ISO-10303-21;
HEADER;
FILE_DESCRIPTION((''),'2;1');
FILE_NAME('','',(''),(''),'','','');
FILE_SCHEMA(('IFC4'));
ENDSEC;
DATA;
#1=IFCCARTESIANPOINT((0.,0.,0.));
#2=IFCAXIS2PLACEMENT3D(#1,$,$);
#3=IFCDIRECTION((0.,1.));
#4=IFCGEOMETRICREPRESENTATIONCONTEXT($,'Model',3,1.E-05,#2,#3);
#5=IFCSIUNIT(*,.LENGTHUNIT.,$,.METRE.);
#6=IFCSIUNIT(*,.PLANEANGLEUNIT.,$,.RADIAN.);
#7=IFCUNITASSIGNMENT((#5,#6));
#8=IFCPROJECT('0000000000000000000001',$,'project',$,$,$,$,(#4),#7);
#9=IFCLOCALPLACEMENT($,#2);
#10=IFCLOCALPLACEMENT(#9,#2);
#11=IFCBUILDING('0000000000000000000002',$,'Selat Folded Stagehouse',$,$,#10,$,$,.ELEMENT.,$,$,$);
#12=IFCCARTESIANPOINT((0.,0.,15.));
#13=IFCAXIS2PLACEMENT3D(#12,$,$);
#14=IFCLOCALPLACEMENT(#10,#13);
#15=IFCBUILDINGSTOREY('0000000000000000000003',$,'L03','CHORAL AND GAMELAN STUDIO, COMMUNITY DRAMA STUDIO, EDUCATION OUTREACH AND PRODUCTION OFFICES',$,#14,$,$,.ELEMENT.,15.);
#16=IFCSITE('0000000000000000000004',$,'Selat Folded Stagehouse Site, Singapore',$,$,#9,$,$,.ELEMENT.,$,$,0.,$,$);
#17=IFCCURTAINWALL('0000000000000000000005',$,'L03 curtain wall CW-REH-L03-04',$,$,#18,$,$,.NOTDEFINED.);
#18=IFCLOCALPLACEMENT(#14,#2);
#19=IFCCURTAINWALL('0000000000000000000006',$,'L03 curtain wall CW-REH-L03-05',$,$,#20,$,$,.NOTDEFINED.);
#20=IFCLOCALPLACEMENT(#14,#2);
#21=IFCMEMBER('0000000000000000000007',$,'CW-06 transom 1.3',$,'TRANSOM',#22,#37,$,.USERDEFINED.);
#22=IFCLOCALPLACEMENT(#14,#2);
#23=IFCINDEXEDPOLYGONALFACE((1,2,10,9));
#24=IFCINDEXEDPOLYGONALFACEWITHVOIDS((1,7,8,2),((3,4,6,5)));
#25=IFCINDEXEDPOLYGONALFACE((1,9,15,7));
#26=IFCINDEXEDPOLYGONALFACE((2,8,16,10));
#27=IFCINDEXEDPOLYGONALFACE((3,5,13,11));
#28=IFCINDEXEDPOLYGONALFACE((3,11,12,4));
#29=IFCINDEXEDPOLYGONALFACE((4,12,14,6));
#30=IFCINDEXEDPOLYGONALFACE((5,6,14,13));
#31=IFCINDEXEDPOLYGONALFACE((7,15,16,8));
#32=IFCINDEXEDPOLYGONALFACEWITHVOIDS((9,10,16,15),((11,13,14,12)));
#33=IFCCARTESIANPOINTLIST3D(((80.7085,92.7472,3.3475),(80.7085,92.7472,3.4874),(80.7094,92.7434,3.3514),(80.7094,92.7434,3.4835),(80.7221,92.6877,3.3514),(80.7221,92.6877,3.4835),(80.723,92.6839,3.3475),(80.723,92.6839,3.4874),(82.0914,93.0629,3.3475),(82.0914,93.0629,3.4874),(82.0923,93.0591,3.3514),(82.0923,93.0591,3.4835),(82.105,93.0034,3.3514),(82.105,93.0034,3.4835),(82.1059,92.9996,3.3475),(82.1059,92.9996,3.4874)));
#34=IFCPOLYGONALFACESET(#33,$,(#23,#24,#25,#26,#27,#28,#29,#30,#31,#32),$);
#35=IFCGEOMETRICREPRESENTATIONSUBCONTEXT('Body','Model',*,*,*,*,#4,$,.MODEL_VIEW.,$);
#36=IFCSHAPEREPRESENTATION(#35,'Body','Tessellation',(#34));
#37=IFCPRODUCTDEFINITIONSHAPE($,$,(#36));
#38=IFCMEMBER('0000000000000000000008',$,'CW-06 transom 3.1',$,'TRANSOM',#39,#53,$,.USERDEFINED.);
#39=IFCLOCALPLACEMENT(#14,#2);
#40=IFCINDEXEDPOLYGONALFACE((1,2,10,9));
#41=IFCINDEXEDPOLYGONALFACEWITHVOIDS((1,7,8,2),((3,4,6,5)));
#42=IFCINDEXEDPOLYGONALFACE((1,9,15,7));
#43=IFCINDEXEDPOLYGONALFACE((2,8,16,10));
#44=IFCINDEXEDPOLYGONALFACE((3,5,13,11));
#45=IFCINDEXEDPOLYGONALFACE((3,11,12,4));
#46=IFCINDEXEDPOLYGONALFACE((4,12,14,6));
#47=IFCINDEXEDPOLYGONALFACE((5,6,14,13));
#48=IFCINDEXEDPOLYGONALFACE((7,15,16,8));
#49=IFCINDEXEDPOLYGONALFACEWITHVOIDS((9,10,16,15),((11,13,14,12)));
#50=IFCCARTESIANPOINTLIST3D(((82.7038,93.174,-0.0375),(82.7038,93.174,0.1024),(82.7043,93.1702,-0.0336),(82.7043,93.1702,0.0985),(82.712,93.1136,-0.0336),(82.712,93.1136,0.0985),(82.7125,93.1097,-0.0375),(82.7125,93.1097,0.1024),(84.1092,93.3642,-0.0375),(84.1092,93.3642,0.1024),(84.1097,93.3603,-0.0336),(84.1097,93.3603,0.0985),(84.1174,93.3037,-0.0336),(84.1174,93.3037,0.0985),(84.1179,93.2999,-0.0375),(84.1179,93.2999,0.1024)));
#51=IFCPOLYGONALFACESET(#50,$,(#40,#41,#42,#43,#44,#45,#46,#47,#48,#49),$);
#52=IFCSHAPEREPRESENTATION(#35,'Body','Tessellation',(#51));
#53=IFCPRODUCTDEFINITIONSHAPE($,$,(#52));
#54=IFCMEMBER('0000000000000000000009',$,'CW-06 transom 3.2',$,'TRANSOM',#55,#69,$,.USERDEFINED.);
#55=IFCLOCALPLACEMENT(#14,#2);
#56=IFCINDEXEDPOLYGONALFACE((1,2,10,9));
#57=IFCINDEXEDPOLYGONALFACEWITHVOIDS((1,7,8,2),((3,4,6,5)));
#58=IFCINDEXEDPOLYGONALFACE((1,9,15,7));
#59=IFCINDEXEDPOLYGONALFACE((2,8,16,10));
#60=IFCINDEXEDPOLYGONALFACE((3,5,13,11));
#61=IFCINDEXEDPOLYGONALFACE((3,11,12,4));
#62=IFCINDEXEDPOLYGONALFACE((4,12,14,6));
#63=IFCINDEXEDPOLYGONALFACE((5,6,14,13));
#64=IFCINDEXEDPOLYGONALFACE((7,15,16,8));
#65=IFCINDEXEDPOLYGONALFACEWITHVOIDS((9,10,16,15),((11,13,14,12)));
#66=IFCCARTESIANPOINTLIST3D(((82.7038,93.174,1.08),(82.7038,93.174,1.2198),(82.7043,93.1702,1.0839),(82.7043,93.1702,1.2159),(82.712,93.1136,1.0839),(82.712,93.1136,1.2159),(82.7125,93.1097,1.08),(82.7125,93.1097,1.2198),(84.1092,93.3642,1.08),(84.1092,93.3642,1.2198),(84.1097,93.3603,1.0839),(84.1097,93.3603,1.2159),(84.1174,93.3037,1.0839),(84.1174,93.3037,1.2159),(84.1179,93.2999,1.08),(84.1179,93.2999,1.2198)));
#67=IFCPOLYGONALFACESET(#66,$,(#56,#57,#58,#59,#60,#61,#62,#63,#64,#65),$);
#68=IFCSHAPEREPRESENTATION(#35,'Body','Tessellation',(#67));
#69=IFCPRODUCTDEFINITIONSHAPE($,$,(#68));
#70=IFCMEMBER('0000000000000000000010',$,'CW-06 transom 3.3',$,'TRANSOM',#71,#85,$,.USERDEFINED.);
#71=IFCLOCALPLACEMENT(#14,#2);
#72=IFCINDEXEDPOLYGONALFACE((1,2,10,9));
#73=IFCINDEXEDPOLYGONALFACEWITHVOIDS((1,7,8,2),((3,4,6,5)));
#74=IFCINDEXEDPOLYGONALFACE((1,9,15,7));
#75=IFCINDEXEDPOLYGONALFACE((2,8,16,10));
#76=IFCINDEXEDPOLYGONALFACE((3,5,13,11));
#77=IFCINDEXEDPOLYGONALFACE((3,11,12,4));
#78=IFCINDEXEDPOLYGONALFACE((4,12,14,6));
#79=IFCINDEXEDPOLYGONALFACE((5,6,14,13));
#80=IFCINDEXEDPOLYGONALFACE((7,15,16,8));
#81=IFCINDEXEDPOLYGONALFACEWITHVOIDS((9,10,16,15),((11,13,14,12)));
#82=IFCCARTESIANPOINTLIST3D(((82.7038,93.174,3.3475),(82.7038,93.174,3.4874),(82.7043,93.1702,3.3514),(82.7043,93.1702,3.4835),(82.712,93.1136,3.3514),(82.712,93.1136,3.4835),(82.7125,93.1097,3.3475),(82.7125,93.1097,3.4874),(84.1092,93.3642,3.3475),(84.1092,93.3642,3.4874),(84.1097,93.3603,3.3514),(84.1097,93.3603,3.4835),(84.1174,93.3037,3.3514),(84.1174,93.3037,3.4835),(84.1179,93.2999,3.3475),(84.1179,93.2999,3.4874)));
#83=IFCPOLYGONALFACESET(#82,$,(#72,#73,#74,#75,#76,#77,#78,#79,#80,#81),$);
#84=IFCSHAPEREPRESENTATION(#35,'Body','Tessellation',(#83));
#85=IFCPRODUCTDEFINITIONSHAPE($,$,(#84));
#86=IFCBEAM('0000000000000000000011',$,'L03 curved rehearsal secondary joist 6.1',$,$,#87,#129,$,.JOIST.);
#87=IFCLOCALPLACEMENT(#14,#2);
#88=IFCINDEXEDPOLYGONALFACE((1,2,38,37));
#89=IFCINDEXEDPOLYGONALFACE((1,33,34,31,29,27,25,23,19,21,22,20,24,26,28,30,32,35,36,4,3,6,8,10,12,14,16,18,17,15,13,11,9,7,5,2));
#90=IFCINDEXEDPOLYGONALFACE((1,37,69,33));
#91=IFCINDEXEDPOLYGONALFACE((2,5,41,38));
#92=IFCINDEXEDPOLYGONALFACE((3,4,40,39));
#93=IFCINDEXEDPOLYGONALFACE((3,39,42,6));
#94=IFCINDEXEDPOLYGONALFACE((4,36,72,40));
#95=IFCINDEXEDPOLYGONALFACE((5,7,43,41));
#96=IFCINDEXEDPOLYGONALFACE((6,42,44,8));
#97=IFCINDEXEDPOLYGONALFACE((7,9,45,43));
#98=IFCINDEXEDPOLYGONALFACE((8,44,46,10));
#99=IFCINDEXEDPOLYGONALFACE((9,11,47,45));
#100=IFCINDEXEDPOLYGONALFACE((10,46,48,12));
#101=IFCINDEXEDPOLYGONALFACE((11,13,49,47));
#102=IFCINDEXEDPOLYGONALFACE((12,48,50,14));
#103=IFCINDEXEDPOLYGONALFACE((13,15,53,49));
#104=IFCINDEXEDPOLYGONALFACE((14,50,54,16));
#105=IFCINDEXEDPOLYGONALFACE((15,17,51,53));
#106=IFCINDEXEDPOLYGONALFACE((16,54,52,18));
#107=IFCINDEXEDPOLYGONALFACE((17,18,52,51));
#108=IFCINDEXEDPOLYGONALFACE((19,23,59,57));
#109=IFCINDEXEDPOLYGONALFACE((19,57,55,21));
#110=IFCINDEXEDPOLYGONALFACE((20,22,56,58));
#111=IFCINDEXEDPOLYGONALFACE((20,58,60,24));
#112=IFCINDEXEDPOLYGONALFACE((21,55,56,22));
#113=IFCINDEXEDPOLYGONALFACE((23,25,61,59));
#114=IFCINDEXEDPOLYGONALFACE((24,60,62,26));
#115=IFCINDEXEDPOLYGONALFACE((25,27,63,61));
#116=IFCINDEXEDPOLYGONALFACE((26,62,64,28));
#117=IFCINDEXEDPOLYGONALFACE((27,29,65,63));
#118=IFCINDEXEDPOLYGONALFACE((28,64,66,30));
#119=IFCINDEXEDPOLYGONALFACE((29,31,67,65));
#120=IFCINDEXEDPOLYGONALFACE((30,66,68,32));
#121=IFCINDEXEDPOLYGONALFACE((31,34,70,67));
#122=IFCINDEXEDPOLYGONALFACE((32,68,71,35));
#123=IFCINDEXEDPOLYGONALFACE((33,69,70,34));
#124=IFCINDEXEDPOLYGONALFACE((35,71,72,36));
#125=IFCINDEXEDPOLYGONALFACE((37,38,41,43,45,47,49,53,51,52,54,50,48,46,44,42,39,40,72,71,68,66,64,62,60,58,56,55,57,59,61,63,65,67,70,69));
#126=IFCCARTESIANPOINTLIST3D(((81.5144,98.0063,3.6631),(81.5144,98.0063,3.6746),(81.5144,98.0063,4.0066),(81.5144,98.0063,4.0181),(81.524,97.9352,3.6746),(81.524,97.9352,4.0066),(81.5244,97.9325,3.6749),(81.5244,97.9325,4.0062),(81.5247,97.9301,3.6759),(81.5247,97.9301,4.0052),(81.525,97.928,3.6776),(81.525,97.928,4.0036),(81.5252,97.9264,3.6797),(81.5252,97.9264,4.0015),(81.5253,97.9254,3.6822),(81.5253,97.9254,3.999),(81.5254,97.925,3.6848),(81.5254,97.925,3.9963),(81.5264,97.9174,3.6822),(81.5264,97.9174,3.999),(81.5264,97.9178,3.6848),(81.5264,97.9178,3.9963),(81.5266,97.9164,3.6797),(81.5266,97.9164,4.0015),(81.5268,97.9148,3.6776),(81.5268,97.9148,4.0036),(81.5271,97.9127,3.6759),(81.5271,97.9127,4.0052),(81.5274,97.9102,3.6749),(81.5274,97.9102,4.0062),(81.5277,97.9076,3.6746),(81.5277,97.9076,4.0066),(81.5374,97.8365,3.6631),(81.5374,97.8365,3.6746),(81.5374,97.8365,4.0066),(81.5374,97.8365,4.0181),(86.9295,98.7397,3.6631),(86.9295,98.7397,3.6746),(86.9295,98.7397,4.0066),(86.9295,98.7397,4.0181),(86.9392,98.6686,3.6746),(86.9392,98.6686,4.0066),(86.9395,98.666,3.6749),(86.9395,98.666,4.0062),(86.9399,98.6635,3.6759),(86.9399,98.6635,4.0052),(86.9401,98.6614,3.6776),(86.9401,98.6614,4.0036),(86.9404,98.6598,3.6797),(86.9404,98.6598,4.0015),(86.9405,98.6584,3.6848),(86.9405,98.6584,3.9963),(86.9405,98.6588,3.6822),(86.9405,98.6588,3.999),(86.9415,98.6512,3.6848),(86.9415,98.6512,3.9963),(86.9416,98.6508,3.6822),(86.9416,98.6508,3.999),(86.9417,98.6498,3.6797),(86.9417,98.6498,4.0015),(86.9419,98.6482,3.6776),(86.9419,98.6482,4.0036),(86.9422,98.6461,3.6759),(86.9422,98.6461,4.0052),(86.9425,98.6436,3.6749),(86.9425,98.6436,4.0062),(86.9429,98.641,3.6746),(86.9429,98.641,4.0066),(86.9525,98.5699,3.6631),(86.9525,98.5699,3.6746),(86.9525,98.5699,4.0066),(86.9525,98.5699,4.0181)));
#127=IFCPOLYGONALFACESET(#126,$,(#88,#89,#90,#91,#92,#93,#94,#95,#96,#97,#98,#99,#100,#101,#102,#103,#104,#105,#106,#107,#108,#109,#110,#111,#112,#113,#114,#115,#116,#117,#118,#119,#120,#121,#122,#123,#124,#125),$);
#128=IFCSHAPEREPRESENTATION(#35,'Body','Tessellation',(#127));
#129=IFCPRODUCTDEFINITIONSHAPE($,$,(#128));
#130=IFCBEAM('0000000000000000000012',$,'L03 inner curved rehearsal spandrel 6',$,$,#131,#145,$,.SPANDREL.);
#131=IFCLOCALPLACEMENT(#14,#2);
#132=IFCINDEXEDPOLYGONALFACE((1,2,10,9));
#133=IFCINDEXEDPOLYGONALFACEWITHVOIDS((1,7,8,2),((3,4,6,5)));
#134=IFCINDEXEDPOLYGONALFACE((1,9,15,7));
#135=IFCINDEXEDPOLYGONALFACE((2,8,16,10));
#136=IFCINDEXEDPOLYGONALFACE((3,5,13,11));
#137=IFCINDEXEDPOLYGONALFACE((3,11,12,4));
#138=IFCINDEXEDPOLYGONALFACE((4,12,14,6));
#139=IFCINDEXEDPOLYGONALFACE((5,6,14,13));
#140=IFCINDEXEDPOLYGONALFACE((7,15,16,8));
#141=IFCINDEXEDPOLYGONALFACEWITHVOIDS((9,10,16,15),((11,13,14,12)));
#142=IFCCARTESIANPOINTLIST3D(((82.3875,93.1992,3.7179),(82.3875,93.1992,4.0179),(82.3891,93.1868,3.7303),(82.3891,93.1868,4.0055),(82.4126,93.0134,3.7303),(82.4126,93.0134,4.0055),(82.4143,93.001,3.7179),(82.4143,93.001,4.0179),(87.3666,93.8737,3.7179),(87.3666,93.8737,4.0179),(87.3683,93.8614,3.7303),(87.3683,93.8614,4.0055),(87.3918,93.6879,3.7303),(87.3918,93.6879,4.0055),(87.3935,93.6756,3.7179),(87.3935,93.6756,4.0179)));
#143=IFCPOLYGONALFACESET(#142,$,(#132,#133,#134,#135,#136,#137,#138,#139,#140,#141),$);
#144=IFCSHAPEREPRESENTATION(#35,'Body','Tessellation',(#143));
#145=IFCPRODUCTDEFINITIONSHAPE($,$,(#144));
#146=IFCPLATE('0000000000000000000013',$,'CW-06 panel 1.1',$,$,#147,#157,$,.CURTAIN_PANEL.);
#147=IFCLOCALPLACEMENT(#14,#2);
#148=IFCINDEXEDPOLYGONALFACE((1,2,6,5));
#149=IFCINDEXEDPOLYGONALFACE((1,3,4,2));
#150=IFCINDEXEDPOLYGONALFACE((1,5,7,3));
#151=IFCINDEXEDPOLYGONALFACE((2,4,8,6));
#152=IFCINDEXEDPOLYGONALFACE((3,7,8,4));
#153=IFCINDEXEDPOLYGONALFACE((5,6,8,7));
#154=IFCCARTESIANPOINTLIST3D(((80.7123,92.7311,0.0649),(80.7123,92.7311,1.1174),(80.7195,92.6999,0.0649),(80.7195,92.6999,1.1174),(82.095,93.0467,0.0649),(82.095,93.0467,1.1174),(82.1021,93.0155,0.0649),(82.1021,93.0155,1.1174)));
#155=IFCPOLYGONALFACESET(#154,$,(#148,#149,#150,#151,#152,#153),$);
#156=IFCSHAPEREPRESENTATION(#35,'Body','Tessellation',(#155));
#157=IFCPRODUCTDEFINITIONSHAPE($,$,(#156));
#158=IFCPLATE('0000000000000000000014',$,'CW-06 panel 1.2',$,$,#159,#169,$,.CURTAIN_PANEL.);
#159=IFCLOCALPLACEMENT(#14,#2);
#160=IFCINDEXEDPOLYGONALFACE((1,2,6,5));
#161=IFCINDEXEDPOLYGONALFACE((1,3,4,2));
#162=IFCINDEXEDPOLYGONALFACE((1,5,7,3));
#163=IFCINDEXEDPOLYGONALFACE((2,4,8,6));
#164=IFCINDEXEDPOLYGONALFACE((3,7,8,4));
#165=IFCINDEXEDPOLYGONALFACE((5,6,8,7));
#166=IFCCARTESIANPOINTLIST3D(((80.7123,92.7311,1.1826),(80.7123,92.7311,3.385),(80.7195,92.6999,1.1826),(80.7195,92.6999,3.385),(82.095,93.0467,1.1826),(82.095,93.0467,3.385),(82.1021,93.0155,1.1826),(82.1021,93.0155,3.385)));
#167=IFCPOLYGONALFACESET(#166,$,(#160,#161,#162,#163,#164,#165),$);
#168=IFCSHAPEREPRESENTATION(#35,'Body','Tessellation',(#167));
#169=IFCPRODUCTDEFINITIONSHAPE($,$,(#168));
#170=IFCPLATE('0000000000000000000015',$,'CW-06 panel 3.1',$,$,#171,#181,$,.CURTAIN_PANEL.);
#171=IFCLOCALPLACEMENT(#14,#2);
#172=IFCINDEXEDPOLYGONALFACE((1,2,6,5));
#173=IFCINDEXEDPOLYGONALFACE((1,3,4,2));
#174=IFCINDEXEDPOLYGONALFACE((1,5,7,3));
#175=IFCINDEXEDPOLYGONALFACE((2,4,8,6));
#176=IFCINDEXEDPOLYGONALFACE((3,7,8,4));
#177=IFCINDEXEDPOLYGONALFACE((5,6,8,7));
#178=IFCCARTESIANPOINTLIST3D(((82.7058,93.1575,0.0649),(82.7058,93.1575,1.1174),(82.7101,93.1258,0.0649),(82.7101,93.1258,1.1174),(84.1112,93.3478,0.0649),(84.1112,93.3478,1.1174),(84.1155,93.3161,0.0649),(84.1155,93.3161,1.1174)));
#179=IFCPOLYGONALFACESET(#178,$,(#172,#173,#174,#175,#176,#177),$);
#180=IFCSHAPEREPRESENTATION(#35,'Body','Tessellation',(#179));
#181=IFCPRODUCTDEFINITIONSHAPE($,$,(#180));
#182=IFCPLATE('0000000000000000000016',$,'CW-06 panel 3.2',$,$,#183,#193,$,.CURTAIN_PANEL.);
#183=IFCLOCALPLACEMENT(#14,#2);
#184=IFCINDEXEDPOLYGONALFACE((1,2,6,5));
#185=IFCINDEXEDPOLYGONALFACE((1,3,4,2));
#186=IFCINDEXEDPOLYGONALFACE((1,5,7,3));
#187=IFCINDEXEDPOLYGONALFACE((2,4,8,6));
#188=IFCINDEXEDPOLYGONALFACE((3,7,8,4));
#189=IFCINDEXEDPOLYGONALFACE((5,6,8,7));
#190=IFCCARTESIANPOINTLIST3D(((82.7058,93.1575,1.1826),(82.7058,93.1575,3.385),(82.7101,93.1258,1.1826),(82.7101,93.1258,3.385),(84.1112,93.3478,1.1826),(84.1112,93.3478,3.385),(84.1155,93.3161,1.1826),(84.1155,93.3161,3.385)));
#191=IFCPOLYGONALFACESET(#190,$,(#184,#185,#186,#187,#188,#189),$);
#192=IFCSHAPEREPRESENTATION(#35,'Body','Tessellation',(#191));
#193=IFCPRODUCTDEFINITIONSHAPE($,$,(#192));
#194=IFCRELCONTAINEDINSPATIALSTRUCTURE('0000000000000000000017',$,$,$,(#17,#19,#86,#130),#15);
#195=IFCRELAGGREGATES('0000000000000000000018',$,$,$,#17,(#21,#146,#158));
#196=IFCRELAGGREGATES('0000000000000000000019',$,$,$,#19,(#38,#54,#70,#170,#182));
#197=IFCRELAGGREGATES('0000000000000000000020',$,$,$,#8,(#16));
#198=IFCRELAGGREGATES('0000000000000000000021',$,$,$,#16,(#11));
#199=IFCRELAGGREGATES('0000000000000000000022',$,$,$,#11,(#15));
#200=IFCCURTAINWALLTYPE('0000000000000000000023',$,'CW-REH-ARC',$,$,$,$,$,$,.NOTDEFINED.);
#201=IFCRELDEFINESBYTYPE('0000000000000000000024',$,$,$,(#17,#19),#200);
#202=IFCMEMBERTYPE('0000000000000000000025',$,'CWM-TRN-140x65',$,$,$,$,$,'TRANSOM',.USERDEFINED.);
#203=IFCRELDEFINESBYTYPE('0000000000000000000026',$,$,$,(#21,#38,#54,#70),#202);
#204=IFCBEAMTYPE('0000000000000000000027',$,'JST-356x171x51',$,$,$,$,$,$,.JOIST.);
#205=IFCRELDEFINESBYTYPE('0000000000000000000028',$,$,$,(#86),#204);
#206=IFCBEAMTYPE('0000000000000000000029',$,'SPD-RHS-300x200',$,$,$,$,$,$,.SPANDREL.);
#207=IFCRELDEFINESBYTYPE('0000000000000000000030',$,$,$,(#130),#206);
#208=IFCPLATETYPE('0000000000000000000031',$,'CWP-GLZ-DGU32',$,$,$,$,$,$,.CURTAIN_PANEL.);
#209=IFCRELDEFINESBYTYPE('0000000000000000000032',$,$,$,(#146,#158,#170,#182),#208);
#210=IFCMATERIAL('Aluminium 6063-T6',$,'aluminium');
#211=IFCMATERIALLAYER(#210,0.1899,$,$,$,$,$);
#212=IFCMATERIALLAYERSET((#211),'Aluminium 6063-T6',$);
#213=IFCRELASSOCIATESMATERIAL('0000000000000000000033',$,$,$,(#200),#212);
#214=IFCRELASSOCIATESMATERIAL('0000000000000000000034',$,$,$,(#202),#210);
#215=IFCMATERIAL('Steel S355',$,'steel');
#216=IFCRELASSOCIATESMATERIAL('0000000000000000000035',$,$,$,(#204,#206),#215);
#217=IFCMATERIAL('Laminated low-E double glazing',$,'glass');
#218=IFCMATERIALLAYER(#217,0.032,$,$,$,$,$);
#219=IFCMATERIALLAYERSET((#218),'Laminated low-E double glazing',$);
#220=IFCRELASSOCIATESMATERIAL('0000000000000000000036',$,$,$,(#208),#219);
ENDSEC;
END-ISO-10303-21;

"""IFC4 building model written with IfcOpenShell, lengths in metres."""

from ifc_helpers import new_model, si_unit, direction, frame, origin, origin_2d, place, context, subcontext, project, spatial, rectangle, hollow_rectangle, i_section, extrude, material, layer, layer_set, material_profile, profile_set, type_object, element, aggregate, save


model = new_model("IFC4")

# Units and contexts
model_context = context("Model", 3, precision=1e-05, world=origin(), true_north=direction((0.0, 1.0)))
body_context = subcontext(model_context, "Body", "Model", "MODEL_VIEW")
ifc_project = project(units=[si_unit("LENGTHUNIT", "METRE"), si_unit("PLANEANGLEUNIT", "RADIAN")], contexts=[model_context])

# Site, building, storey
site_placement = place(None, origin())
site = spatial("IfcSite", under=ifc_project, at=site_placement, Name="Selat Folded Stagehouse Site, Singapore", CompositionType="ELEMENT", RefElevation=0.0)
building_placement = place(site_placement, origin())
building = spatial("IfcBuilding", under=site, at=building_placement, Name="Selat Folded Stagehouse", CompositionType="ELEMENT")
storey_placement = place(building_placement, frame((0.0, 0.0, 15.0)))
storey = spatial("IfcBuildingStorey", under=building, at=storey_placement, Name="L03", Description="CHORAL AND GAMELAN STUDIO, COMMUNITY DRAMA STUDIO, EDUCATION OUTREACH AND PRODUCTION OFFICES", CompositionType="ELEMENT", Elevation=15.0)

# Shared definitions
ifc_material_1 = material(Name="Steel S355", Category="steel")

# Curtain wall
ifc_material_2 = material(Name="Aluminium 6063-T6", Category="aluminium")
ifc_layer_1 = layer(ifc_material_2, 0.1899)
ifc_layer_set_1 = layer_set([ifc_layer_1], Name="Aluminium 6063-T6")
curtain_wall_type = type_object("IfcCurtainWallType", Name="CW-REH-ARC", PredefinedType="NOTDEFINED", material=ifc_layer_set_1)
curtain_wall_1_placement = place(storey_placement, origin())
curtain_wall_1 = element("IfcCurtainWall", 1, at=curtain_wall_1_placement, inside=storey, type_object=curtain_wall_type, Name="L03 curtain wall CW-REH-L03-04", PredefinedType="NOTDEFINED")

# Curtain wall
curtain_wall_2_placement = place(storey_placement, origin())
curtain_wall_2 = element("IfcCurtainWall", 2, at=curtain_wall_2_placement, inside=storey, type_object=curtain_wall_type, Name="L03 curtain wall CW-REH-L03-05", PredefinedType="NOTDEFINED")

# Members
ifc_material_profile_1 = material_profile(ifc_material_2, hollow_rectangle(XDim=0.0649, YDim=0.1399, WallThickness=0.0039, at=origin_2d()), Name="ALU 140x65x4.0")
ifc_profile_set_1 = profile_set([ifc_material_profile_1], Name="Aluminium 6063-T6")
member_type_1 = type_object("IfcMemberType", Name="CWM-TRN-140x65", ElementType="TRANSOM", PredefinedType="USERDEFINED", material=ifc_profile_set_1)
member_1_placement = place(storey_placement, frame((82.0986, 93.0312, 3.4175), z_axis=(-0.974919, -0.222558, 0.0), x_axis=(0.222558, -0.974919, 0.0)))
member_1 = element("IfcMember", 3, at=member_1_placement, type_object=member_type_1, Name="CW-06 transom 1.3", ObjectType="TRANSOM", PredefinedType="USERDEFINED", context=body_context, shape_type="SweptSolid", body=[
    extrude(hollow_rectangle(XDim=0.0649, YDim=0.1399, WallThickness=0.0039, at=origin_2d()), origin(), (0.0, 0.0, 1.0), 1.4185),
])
member_2_placement = place(storey_placement, frame((84.1135, 93.332, 0.0325), z_axis=(-0.990969, -0.134092, 0.0), x_axis=(0.134092, -0.990969, 0.0)))
member_2 = element("IfcMember", 4, at=member_2_placement, type_object=member_type_1, Name="CW-06 transom 3.1", ObjectType="TRANSOM", PredefinedType="USERDEFINED", context=body_context, shape_type="SweptSolid", body=[
    extrude(hollow_rectangle(XDim=0.0649, YDim=0.1399, WallThickness=0.0039, at=origin_2d()), origin(), (0.0, 0.0, 1.0), 1.4182),
])
member_3_placement = place(storey_placement, frame((84.1135, 93.332, 1.1499), z_axis=(-0.990969, -0.134092, 0.0), x_axis=(0.134092, -0.990969, 0.0)))
member_3 = element("IfcMember", 5, at=member_3_placement, type_object=member_type_1, Name="CW-06 transom 3.2", ObjectType="TRANSOM", PredefinedType="USERDEFINED", context=body_context, shape_type="SweptSolid", body=[
    extrude(hollow_rectangle(XDim=0.0649, YDim=0.1399, WallThickness=0.0039, at=origin_2d()), origin(), (0.0, 0.0, 1.0), 1.4182),
])
member_4_placement = place(storey_placement, frame((84.1135, 93.332, 3.4175), z_axis=(-0.990969, -0.134092, 0.0), x_axis=(0.134092, -0.990969, 0.0)))
member_4 = element("IfcMember", 6, at=member_4_placement, type_object=member_type_1, Name="CW-06 transom 3.3", ObjectType="TRANSOM", PredefinedType="USERDEFINED", context=body_context, shape_type="SweptSolid", body=[
    extrude(hollow_rectangle(XDim=0.0649, YDim=0.1399, WallThickness=0.0039, at=origin_2d()), origin(), (0.0, 0.0, 1.0), 1.4182),
])

# Beams
ifc_material_profile_2 = material_profile(ifc_material_1, i_section(OverallWidth=0.1714, OverallDepth=0.355, WebThickness=0.0073, FlangeThickness=0.0115, FilletRadius=0.0103, at=origin_2d()), Name="UKB 356x171x51")
ifc_profile_set_2 = profile_set([ifc_material_profile_2], Name="Steel S355")
beam_type_1 = type_object("IfcBeamType", Name="JST-356x171x51", PredefinedType="JOIST", material=ifc_profile_set_2)
beam_1_placement = place(storey_placement, frame((81.5259, 97.9214, 3.8406), z_axis=(0.990953, 0.134212, 0.0), x_axis=(-0.134212, 0.990953, 0.0)))
element("IfcBeam", 7, at=beam_1_placement, inside=storey, type_object=beam_type_1, Name="L03 curved rehearsal secondary joist 6.1", PredefinedType="JOIST", context=body_context, shape_type="SweptSolid", body=[
    extrude(i_section(OverallWidth=0.1714, OverallDepth=0.355, WebThickness=0.0073, FlangeThickness=0.0115, FilletRadius=0.0103, at=origin_2d()), origin(), (0.0, 0.0, 1.0), 5.4646),
])
ifc_material_profile_3 = material_profile(ifc_material_1, hollow_rectangle(XDim=0.2, YDim=0.3, WallThickness=0.0125, at=origin_2d()), Name="RHS 300x200x12.5")
ifc_profile_set_3 = profile_set([ifc_material_profile_3], Name="Steel S355")
beam_type_2 = type_object("IfcBeamType", Name="SPD-RHS-300x200", PredefinedType="SPANDREL", material=ifc_profile_set_3)
beam_2_placement = place(storey_placement, frame((82.4009, 93.1001, 3.8679), z_axis=(0.990948, 0.134248, 0.0), x_axis=(-0.134248, 0.990948, 0.0)))
element("IfcBeam", 8, at=beam_2_placement, inside=storey, type_object=beam_type_2, Name="L03 inner curved rehearsal spandrel 6", PredefinedType="SPANDREL", context=body_context, shape_type="SweptSolid", body=[
    extrude(hollow_rectangle(XDim=0.2, YDim=0.3, WallThickness=0.0125, at=origin_2d()), origin(), (0.0, 0.0, 1.0), 5.0247),
])

# Plates
ifc_material_3 = material(Name="Laminated low-E double glazing", Category="glass")
ifc_layer_2 = layer(ifc_material_3, 0.032)
ifc_layer_set_2 = layer_set([ifc_layer_2], Name="Laminated low-E double glazing")
plate_type_1 = type_object("IfcPlateType", Name="CWP-GLZ-DGU32", PredefinedType="CURTAIN_PANEL", material=ifc_layer_set_2)
plate_1_placement = place(storey_placement, frame((81.4072, 92.8733, 0.0649), z_axis=(0.0, 0.0, 1.0), x_axis=(-0.974923, -0.222543, 0.0)))
plate_1 = element("IfcPlate", 9, at=plate_1_placement, type_object=plate_type_1, Name="CW-06 panel 1.1", PredefinedType="CURTAIN_PANEL", context=body_context, shape_type="SweptSolid", body=[
    extrude(rectangle(XDim=1.4182, YDim=0.032, at=origin_2d()), origin(), (0.0, 0.0, 1.0), 1.0525),
])
plate_2_placement = place(storey_placement, frame((81.4072, 92.8733, 1.1826), z_axis=(0.0, 0.0, 1.0), x_axis=(-0.974923, -0.222543, 0.0)))
plate_2 = element("IfcPlate", 10, at=plate_2_placement, type_object=plate_type_1, Name="CW-06 panel 1.2", PredefinedType="CURTAIN_PANEL", context=body_context, shape_type="SweptSolid", body=[
    extrude(rectangle(XDim=1.4182, YDim=0.032, at=origin_2d()), origin(), (0.0, 0.0, 1.0), 2.2024),
])
aggregate(curtain_wall_1, [member_1, plate_1, plate_2])
plate_3_placement = place(storey_placement, frame((83.4106, 93.2368, 0.0649), z_axis=(0.0, 0.0, 1.0), x_axis=(-0.990953, -0.134212, 0.0)))
plate_3 = element("IfcPlate", 11, at=plate_3_placement, type_object=plate_type_1, Name="CW-06 panel 3.1", PredefinedType="CURTAIN_PANEL", context=body_context, shape_type="SweptSolid", body=[
    extrude(rectangle(XDim=1.4182, YDim=0.032, at=origin_2d()), origin(), (0.0, 0.0, 1.0), 1.0525),
])
plate_4_placement = place(storey_placement, frame((83.4106, 93.2368, 1.1826), z_axis=(0.0, 0.0, 1.0), x_axis=(-0.990953, -0.134212, 0.0)))
plate_4 = element("IfcPlate", 12, at=plate_4_placement, type_object=plate_type_1, Name="CW-06 panel 3.2", PredefinedType="CURTAIN_PANEL", context=body_context, shape_type="SweptSolid", body=[
    extrude(rectangle(XDim=1.4182, YDim=0.032, at=origin_2d()), origin(), (0.0, 0.0, 1.0), 2.2024),
])
aggregate(curtain_wall_2, [member_2, member_3, member_4, plate_3, plate_4])

save(model, "model.ifc")
